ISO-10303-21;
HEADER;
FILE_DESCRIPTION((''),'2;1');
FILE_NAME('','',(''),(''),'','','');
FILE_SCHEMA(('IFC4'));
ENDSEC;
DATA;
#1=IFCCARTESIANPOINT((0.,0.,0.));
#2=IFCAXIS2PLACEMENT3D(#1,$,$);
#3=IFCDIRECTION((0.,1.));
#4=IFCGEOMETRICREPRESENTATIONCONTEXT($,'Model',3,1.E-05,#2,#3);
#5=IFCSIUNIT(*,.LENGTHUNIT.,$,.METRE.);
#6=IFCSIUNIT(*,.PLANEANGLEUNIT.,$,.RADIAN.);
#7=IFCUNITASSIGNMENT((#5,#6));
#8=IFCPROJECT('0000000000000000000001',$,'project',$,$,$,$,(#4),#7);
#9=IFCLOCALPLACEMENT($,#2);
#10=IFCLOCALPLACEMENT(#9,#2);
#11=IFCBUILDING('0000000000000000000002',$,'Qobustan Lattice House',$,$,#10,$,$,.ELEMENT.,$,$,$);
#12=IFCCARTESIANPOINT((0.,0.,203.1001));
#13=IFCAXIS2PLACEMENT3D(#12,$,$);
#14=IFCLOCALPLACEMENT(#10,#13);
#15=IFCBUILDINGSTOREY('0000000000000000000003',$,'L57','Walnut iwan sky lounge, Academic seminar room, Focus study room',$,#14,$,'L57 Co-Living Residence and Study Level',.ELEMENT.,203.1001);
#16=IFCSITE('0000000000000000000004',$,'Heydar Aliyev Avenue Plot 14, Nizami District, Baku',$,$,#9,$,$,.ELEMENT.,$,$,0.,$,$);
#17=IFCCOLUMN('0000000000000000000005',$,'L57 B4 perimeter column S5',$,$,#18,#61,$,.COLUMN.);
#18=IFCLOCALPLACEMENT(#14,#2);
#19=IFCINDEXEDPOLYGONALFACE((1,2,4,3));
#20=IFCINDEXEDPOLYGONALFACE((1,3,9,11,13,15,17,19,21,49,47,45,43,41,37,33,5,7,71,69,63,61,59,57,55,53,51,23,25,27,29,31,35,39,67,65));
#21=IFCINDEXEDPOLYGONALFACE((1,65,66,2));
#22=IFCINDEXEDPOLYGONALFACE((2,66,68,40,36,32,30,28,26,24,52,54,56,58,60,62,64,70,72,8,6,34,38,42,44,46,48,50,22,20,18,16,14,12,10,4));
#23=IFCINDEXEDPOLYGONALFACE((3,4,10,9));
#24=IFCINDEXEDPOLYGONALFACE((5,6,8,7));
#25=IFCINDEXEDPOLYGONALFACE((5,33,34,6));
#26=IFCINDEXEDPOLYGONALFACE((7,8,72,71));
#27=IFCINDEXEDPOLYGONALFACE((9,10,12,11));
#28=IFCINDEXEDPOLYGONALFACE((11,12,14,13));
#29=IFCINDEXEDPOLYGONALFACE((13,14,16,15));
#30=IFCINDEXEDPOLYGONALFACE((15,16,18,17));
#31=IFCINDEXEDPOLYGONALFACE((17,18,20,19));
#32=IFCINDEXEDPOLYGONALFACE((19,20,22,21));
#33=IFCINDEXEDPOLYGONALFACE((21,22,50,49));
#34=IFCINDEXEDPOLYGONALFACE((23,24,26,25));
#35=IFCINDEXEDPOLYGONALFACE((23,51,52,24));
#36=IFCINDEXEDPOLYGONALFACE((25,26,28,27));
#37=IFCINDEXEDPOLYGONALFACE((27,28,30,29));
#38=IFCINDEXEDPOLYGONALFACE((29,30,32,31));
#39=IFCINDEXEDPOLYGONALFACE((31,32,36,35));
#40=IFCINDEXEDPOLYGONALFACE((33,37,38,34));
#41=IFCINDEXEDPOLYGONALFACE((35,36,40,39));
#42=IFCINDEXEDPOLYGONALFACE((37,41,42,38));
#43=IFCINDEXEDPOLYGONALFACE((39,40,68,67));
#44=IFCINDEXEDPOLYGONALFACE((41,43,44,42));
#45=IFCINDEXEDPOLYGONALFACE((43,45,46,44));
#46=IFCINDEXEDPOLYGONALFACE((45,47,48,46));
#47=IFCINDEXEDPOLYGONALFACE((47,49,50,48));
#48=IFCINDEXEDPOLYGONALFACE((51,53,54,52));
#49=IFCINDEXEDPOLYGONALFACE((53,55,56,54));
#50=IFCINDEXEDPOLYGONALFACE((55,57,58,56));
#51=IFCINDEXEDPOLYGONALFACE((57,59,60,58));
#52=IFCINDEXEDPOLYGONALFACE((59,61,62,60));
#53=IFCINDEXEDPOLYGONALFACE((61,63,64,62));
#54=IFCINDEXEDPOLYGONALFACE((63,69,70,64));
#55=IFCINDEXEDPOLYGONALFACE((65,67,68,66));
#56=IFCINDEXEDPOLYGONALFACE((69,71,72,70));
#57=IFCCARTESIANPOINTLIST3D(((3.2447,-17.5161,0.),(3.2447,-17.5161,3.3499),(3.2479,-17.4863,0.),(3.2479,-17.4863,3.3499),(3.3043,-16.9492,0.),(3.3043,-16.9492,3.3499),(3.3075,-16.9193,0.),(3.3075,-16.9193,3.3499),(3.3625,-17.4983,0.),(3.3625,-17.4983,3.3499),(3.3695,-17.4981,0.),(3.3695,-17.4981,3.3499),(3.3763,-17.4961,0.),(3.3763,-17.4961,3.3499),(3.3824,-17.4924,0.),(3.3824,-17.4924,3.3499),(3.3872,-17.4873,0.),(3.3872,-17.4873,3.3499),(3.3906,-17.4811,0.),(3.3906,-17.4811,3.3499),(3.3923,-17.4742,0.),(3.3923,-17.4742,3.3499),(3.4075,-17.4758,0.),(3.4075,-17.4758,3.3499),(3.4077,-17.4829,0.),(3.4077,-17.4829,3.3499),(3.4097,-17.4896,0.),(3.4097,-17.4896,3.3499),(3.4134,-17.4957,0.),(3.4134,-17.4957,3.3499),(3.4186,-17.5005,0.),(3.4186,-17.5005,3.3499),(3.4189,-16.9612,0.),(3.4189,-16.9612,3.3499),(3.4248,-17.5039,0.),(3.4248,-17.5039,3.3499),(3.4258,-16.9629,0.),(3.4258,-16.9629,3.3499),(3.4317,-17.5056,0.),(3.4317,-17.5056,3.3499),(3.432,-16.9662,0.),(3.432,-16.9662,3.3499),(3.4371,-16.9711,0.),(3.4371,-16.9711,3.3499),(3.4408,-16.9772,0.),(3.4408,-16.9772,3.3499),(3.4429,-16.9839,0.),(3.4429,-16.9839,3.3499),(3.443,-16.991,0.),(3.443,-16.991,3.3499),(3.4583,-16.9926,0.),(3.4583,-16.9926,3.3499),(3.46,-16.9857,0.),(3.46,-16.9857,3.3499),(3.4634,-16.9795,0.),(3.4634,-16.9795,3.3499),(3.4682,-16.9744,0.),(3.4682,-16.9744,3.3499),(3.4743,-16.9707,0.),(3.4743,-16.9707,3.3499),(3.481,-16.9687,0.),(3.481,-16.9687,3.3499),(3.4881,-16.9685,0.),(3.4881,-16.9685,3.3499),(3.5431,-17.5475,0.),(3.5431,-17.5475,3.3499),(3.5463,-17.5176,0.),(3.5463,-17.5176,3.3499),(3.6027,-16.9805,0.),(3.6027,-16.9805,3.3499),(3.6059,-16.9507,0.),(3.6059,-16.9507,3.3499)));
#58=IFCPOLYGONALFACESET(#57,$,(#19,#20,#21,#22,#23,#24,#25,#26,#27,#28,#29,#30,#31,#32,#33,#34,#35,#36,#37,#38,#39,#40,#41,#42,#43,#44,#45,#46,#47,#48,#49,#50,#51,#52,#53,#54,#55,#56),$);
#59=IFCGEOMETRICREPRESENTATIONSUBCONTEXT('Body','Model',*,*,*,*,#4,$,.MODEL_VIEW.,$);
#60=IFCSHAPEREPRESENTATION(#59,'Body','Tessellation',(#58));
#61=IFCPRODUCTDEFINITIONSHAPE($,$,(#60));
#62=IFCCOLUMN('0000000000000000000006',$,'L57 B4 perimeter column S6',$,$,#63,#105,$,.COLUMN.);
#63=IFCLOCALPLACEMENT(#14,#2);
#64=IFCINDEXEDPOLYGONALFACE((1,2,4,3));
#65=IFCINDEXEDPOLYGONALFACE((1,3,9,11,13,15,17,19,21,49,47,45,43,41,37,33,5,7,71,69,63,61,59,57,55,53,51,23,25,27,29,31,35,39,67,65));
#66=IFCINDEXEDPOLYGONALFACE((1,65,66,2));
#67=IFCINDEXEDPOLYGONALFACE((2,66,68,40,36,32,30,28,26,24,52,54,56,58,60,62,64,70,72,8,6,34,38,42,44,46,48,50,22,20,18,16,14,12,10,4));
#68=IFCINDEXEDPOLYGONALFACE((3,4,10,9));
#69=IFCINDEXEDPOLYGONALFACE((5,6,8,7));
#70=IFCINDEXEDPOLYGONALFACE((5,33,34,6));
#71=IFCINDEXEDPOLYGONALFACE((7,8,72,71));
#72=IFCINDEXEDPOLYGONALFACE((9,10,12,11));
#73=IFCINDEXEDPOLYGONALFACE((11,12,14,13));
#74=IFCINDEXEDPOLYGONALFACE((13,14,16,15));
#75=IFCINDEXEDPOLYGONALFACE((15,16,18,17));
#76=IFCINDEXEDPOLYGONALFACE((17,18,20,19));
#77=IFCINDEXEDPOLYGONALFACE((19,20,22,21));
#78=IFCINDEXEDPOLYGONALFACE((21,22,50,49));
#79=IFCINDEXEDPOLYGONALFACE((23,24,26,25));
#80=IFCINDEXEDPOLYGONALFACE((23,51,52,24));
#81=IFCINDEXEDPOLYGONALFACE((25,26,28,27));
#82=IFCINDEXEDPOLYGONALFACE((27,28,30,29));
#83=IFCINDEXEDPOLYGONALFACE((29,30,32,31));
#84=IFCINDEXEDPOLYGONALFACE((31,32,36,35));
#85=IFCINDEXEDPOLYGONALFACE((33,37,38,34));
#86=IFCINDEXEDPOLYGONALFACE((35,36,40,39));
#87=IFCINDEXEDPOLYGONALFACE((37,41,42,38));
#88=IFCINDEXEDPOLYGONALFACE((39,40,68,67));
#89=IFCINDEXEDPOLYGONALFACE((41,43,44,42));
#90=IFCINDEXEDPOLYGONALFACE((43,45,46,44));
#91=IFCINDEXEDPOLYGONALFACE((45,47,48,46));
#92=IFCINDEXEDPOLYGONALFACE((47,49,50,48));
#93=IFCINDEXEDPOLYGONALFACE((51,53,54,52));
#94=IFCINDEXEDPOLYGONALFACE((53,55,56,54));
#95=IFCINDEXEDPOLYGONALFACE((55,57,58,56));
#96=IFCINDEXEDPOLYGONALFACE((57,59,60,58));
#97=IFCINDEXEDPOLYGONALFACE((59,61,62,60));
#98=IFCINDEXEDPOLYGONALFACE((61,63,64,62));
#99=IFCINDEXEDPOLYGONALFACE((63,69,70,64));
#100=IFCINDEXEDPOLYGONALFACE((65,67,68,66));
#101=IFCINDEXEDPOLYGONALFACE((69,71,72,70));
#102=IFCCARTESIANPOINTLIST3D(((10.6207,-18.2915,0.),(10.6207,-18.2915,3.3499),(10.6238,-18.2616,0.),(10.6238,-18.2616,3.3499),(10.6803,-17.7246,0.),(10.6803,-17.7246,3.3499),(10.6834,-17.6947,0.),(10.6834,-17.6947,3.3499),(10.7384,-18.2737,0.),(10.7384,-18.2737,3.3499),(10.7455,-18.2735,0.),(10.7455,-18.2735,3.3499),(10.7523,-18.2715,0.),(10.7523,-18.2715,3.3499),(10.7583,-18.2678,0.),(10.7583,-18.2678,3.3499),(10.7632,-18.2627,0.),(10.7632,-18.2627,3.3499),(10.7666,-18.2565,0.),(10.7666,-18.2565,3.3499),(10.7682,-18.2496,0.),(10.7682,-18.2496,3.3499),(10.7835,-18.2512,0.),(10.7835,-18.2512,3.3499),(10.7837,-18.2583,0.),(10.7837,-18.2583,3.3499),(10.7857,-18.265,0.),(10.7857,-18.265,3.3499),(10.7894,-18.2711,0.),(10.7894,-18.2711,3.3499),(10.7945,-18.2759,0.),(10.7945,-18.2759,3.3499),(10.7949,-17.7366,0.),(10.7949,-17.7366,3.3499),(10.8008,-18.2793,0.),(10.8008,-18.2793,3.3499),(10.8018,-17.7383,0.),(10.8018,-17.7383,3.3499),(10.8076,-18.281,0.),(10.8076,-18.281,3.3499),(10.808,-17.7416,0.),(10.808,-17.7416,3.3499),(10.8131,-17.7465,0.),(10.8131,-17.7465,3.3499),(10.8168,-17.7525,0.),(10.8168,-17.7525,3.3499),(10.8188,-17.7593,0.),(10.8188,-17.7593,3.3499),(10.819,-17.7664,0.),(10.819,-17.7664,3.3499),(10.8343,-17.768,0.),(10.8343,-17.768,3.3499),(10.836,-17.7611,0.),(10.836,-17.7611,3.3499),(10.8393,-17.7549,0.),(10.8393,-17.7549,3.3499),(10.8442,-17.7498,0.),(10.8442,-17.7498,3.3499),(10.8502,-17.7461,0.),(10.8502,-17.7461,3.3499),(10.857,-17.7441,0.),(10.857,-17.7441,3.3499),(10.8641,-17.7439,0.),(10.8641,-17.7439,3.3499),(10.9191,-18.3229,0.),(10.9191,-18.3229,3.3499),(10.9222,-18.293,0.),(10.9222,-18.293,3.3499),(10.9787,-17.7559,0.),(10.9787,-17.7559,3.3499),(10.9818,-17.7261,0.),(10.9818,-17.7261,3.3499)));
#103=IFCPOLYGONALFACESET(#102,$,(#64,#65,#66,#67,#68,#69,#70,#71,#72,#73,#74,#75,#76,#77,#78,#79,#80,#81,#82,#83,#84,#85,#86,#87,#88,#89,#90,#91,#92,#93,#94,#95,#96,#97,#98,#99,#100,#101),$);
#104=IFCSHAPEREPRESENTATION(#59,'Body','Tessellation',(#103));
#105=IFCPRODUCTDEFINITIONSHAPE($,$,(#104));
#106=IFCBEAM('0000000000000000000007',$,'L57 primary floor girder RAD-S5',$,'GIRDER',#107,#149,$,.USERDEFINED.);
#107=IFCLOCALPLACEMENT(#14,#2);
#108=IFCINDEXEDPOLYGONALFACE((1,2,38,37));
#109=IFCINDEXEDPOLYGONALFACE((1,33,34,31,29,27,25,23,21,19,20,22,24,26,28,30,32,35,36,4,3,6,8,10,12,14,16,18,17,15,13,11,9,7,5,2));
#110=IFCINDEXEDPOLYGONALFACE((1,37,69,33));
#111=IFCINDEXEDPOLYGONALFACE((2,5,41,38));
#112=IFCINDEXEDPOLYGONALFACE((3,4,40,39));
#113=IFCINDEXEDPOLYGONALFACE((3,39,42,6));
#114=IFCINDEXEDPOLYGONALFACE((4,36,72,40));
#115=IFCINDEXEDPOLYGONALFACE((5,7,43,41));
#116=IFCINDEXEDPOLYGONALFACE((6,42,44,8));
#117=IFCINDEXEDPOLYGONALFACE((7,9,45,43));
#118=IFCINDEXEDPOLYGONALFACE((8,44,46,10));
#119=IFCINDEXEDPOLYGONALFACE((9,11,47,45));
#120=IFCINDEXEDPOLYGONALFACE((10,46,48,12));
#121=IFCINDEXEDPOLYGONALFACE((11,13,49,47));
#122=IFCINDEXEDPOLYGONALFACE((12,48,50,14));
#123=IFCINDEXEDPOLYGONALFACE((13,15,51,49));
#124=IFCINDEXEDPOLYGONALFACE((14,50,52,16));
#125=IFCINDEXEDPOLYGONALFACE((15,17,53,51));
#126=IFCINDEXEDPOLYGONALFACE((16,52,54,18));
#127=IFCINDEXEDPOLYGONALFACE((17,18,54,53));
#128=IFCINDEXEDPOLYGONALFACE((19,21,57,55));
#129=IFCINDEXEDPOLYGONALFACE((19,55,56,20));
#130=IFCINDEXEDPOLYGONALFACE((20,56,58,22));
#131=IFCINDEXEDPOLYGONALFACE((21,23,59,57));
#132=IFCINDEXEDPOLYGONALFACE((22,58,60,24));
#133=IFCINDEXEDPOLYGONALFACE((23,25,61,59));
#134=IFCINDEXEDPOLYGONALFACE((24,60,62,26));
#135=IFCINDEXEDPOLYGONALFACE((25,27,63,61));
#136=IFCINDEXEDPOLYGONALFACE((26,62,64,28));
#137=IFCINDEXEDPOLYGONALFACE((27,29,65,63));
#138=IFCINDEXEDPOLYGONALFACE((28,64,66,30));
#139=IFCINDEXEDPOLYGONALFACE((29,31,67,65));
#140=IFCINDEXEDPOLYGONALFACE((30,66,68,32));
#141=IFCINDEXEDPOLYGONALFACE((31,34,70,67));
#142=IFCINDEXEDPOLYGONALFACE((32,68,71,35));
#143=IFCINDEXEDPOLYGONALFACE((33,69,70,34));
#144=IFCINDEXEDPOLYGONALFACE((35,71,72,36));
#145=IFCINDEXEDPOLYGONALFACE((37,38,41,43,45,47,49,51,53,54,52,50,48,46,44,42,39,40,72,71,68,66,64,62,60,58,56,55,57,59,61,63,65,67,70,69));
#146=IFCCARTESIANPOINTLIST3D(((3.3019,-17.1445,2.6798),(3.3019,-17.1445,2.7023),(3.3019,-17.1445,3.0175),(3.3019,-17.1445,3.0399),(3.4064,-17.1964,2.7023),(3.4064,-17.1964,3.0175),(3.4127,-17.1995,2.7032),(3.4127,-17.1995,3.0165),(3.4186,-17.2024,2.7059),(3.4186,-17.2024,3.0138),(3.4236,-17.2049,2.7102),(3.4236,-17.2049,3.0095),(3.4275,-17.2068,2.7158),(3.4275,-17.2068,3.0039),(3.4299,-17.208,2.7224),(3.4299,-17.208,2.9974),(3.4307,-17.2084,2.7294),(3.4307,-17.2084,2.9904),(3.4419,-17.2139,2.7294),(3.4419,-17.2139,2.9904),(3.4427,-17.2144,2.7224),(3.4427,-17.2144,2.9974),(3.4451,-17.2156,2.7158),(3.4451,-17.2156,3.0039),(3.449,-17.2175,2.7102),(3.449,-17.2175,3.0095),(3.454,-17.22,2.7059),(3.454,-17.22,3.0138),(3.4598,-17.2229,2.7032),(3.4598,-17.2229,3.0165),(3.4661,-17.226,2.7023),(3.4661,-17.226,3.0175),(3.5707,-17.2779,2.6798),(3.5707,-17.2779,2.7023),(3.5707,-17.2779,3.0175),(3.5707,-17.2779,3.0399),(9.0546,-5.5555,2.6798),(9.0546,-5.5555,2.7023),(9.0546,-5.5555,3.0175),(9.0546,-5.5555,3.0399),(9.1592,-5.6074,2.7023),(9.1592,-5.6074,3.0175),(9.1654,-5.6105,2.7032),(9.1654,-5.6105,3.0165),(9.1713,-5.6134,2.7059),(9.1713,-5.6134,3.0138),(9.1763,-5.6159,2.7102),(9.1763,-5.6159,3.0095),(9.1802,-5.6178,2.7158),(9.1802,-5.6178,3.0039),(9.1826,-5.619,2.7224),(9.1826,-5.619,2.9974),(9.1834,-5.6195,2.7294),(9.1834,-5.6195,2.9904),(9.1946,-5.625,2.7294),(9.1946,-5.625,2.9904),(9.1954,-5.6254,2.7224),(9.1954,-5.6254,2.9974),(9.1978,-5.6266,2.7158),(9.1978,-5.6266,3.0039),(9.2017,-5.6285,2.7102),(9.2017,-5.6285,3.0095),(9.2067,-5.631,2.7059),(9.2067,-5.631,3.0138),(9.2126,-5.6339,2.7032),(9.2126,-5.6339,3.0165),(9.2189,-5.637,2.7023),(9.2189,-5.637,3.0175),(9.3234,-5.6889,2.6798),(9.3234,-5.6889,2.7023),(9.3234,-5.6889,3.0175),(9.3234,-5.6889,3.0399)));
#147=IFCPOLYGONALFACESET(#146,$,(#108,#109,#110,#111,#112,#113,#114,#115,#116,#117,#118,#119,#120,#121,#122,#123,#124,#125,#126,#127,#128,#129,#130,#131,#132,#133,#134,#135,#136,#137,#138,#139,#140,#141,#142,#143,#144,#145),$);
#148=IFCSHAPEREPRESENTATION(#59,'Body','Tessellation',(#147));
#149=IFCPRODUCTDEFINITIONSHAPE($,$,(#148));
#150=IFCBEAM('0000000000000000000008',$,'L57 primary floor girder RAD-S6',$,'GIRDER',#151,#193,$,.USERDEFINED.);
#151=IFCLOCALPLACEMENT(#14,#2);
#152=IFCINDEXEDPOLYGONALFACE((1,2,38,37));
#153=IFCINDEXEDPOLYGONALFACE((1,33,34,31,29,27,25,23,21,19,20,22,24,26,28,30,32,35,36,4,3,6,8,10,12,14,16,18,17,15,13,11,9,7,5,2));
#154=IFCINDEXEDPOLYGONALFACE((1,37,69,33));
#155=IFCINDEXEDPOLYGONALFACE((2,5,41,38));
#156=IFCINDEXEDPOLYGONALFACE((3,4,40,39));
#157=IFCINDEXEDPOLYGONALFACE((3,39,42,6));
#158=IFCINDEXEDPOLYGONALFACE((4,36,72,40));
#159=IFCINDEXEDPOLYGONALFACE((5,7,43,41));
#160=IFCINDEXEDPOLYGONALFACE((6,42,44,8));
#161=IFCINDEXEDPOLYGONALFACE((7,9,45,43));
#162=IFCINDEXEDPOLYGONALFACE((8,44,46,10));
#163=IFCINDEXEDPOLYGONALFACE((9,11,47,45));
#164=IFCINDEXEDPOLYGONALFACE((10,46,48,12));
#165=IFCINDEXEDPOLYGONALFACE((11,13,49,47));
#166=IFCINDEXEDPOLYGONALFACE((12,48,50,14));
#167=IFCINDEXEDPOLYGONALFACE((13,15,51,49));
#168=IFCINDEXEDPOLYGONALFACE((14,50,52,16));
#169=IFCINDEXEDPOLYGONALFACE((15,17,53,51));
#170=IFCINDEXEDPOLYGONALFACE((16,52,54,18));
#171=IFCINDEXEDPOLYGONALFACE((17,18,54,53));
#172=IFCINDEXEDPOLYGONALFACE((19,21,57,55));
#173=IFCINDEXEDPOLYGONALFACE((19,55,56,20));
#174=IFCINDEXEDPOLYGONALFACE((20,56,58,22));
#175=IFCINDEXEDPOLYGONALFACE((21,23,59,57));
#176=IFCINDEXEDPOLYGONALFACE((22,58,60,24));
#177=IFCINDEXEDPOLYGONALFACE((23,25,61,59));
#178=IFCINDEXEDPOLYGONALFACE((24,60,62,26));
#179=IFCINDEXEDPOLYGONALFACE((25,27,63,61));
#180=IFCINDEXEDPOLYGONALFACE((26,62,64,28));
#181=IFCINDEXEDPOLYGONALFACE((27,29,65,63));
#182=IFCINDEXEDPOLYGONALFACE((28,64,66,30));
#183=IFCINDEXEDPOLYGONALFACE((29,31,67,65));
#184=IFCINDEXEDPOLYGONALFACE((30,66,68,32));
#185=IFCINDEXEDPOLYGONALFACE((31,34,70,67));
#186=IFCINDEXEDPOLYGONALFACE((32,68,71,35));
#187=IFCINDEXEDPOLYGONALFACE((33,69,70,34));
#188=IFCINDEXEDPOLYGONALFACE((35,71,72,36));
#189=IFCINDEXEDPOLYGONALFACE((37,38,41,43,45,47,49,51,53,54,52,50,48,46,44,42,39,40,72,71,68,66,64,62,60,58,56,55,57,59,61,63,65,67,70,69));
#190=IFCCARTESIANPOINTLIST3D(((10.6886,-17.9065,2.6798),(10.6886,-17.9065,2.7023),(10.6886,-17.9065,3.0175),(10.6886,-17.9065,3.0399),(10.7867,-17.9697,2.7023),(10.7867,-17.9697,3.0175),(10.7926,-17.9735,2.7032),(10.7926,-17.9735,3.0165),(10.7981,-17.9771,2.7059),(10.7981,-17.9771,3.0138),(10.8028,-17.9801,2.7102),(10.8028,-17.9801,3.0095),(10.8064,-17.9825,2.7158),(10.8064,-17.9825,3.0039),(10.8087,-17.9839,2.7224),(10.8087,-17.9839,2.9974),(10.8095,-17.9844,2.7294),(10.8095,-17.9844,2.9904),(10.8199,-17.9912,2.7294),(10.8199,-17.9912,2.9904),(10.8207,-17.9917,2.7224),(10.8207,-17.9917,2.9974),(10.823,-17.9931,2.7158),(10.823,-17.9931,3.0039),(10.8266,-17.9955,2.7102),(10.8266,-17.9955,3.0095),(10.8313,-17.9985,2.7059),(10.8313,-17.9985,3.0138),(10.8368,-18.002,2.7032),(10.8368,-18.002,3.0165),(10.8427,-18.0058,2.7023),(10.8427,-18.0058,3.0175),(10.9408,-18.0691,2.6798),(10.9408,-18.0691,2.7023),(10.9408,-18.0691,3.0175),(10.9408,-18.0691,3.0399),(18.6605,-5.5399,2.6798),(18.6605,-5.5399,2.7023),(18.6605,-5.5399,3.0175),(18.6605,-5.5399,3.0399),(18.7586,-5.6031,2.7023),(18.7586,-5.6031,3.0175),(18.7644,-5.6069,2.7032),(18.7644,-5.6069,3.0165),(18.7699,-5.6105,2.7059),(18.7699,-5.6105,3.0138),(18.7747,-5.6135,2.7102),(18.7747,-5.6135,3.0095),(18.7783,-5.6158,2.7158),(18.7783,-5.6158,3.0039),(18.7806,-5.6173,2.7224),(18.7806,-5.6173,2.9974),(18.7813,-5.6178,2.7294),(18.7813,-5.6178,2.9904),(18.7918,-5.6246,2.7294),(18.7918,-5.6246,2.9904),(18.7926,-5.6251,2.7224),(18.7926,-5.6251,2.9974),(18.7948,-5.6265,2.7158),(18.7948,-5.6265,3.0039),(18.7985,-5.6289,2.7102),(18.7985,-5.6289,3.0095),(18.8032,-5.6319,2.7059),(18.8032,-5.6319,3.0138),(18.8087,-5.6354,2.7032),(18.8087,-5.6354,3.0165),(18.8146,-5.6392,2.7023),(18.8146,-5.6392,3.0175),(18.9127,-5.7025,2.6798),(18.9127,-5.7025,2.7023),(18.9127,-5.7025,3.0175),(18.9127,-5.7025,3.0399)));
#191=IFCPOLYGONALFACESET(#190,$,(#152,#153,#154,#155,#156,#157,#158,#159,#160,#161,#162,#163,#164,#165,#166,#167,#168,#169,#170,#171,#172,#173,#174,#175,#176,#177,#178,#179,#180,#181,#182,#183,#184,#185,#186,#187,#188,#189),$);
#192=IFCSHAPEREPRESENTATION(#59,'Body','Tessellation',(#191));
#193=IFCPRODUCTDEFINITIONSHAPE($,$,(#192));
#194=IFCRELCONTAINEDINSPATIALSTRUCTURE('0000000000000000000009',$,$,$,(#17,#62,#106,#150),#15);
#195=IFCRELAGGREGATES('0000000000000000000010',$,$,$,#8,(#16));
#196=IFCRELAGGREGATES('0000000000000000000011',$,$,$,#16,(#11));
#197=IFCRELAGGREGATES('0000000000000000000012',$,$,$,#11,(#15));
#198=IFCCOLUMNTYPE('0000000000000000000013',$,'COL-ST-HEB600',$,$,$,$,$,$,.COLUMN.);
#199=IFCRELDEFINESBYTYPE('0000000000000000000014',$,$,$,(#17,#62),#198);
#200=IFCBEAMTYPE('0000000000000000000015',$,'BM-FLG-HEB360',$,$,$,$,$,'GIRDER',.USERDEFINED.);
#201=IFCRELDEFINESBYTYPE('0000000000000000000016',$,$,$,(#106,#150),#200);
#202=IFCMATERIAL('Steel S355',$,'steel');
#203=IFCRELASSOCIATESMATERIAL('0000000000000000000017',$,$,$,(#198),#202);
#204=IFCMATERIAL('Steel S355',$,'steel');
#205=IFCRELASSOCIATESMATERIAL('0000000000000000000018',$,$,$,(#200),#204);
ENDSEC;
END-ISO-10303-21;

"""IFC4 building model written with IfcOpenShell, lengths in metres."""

from ifc_helpers import new_model, si_unit, direction, frame, origin, origin_2d, place, context, subcontext, project, spatial, i_section, extrude, material, material_profile, profile_set, type_object, element, save


model = new_model("IFC4")

# Units and contexts
model_context = context("Model", 3, precision=1e-05, world=origin(), true_north=direction((0.0, 1.0)))
body_context = subcontext(model_context, "Body", "Model", "MODEL_VIEW")
ifc_project = project(units=[si_unit("LENGTHUNIT", "METRE"), si_unit("PLANEANGLEUNIT", "RADIAN")], contexts=[model_context])

# Site, building, storey
site_placement = place(None, origin())
site = spatial("IfcSite", under=ifc_project, at=site_placement, Name="Heydar Aliyev Avenue Plot 14, Nizami District, Baku", CompositionType="ELEMENT", RefElevation=0.0)
building_placement = place(site_placement, origin())
building = spatial("IfcBuilding", under=site, at=building_placement, Name="Qobustan Lattice House", CompositionType="ELEMENT")
storey_placement = place(building_placement, frame((0.0, 0.0, 203.1001)))
storey = spatial("IfcBuildingStorey", under=building, at=storey_placement, Name="L57", Description="Walnut iwan sky lounge, Academic seminar room, Focus study room", LongName="L57 Co-Living Residence and Study Level", CompositionType="ELEMENT", Elevation=203.1001)

# Columns
ifc_material_1 = material(Name="Steel S355", Category="steel")
ifc_material_profile_1 = material_profile(ifc_material_1, i_section(OverallWidth=0.3, OverallDepth=0.6001, WebThickness=0.0154, FlangeThickness=0.03, FilletRadius=0.0271, at=origin_2d()), Name="HEB600")
ifc_profile_set_1 = profile_set([ifc_material_profile_1], Name="Steel S355")
column_type = type_object("IfcColumnType", Name="COL-ST-HEB600", PredefinedType="COLUMN", material=ifc_profile_set_1)
for number, where, z_axis, x_axis, name in (
    (1, (3.4253, -17.2334, 0.0), (0.0, 0.0, 1.0), (0.994522, -0.104528, 0.0), "L57 B4 perimeter column S5"),
    (2, (10.8013, -18.0088, 0.0), (0.0, 0.0, 1.0), (0.994522, -0.104528, 0.0), "L57 B4 perimeter column S6"),
):
    element("IfcColumn", number, at=place(storey_placement, frame(where, z_axis=z_axis, x_axis=x_axis)), inside=storey, type_object=column_type, Name=name, PredefinedType="COLUMN", context=body_context, shape_type="SweptSolid", body=[
        extrude(i_section(OverallWidth=0.3, OverallDepth=0.6001, WebThickness=0.0154, FlangeThickness=0.03, FilletRadius=0.0271, at=origin_2d()), origin(), (0.0, 0.0, 1.0), 3.3499),
    ])

# Beams
ifc_material_2 = material(Name="Steel S355", Category="steel")
ifc_material_profile_2 = material_profile(ifc_material_2, i_section(OverallWidth=0.3, OverallDepth=0.3601, WebThickness=0.0125, FlangeThickness=0.0225, FilletRadius=0.0271, at=origin_2d()), Name="HEB360")
ifc_profile_set_2 = profile_set([ifc_material_profile_2], Name="Steel S355")
beam_type_1 = type_object("IfcBeamType", Name="BM-FLG-HEB360", ElementType="GIRDER", PredefinedType="USERDEFINED", material=ifc_profile_set_2)
beam_1_placement = place(storey_placement, frame((3.4363, -17.2112, 2.8599), z_axis=(0.44463, 0.895714, 0.0), x_axis=(-0.895714, 0.44463, 0.0)))
element("IfcBeam", 3, at=beam_1_placement, inside=storey, type_object=beam_type_1, Name="L57 primary floor girder RAD-S5", ObjectType="GIRDER", PredefinedType="USERDEFINED", context=body_context, shape_type="SweptSolid", body=[
    extrude(i_section(OverallWidth=0.3, OverallDepth=0.3601, WebThickness=0.0125, FlangeThickness=0.0225, FilletRadius=0.0271, at=origin_2d()), origin(), (0.0, 0.0, 1.0), 12.9382),
])
beam_2_placement = place(storey_placement, frame((10.8147, -17.9878, 2.8599), z_axis=(0.54181, 0.840501, 0.0), x_axis=(-0.840501, 0.54181, 0.0)))
element("IfcBeam", 4, at=beam_2_placement, inside=storey, type_object=beam_type_1, Name="L57 primary floor girder RAD-S6", ObjectType="GIRDER", PredefinedType="USERDEFINED", context=body_context, shape_type="SweptSolid", body=[
    extrude(i_section(OverallWidth=0.3, OverallDepth=0.3601, WebThickness=0.0125, FlangeThickness=0.0225, FilletRadius=0.0271, at=origin_2d()), origin(), (0.0, 0.0, 1.0), 14.7134),
])

save(model, "model.ifc")
